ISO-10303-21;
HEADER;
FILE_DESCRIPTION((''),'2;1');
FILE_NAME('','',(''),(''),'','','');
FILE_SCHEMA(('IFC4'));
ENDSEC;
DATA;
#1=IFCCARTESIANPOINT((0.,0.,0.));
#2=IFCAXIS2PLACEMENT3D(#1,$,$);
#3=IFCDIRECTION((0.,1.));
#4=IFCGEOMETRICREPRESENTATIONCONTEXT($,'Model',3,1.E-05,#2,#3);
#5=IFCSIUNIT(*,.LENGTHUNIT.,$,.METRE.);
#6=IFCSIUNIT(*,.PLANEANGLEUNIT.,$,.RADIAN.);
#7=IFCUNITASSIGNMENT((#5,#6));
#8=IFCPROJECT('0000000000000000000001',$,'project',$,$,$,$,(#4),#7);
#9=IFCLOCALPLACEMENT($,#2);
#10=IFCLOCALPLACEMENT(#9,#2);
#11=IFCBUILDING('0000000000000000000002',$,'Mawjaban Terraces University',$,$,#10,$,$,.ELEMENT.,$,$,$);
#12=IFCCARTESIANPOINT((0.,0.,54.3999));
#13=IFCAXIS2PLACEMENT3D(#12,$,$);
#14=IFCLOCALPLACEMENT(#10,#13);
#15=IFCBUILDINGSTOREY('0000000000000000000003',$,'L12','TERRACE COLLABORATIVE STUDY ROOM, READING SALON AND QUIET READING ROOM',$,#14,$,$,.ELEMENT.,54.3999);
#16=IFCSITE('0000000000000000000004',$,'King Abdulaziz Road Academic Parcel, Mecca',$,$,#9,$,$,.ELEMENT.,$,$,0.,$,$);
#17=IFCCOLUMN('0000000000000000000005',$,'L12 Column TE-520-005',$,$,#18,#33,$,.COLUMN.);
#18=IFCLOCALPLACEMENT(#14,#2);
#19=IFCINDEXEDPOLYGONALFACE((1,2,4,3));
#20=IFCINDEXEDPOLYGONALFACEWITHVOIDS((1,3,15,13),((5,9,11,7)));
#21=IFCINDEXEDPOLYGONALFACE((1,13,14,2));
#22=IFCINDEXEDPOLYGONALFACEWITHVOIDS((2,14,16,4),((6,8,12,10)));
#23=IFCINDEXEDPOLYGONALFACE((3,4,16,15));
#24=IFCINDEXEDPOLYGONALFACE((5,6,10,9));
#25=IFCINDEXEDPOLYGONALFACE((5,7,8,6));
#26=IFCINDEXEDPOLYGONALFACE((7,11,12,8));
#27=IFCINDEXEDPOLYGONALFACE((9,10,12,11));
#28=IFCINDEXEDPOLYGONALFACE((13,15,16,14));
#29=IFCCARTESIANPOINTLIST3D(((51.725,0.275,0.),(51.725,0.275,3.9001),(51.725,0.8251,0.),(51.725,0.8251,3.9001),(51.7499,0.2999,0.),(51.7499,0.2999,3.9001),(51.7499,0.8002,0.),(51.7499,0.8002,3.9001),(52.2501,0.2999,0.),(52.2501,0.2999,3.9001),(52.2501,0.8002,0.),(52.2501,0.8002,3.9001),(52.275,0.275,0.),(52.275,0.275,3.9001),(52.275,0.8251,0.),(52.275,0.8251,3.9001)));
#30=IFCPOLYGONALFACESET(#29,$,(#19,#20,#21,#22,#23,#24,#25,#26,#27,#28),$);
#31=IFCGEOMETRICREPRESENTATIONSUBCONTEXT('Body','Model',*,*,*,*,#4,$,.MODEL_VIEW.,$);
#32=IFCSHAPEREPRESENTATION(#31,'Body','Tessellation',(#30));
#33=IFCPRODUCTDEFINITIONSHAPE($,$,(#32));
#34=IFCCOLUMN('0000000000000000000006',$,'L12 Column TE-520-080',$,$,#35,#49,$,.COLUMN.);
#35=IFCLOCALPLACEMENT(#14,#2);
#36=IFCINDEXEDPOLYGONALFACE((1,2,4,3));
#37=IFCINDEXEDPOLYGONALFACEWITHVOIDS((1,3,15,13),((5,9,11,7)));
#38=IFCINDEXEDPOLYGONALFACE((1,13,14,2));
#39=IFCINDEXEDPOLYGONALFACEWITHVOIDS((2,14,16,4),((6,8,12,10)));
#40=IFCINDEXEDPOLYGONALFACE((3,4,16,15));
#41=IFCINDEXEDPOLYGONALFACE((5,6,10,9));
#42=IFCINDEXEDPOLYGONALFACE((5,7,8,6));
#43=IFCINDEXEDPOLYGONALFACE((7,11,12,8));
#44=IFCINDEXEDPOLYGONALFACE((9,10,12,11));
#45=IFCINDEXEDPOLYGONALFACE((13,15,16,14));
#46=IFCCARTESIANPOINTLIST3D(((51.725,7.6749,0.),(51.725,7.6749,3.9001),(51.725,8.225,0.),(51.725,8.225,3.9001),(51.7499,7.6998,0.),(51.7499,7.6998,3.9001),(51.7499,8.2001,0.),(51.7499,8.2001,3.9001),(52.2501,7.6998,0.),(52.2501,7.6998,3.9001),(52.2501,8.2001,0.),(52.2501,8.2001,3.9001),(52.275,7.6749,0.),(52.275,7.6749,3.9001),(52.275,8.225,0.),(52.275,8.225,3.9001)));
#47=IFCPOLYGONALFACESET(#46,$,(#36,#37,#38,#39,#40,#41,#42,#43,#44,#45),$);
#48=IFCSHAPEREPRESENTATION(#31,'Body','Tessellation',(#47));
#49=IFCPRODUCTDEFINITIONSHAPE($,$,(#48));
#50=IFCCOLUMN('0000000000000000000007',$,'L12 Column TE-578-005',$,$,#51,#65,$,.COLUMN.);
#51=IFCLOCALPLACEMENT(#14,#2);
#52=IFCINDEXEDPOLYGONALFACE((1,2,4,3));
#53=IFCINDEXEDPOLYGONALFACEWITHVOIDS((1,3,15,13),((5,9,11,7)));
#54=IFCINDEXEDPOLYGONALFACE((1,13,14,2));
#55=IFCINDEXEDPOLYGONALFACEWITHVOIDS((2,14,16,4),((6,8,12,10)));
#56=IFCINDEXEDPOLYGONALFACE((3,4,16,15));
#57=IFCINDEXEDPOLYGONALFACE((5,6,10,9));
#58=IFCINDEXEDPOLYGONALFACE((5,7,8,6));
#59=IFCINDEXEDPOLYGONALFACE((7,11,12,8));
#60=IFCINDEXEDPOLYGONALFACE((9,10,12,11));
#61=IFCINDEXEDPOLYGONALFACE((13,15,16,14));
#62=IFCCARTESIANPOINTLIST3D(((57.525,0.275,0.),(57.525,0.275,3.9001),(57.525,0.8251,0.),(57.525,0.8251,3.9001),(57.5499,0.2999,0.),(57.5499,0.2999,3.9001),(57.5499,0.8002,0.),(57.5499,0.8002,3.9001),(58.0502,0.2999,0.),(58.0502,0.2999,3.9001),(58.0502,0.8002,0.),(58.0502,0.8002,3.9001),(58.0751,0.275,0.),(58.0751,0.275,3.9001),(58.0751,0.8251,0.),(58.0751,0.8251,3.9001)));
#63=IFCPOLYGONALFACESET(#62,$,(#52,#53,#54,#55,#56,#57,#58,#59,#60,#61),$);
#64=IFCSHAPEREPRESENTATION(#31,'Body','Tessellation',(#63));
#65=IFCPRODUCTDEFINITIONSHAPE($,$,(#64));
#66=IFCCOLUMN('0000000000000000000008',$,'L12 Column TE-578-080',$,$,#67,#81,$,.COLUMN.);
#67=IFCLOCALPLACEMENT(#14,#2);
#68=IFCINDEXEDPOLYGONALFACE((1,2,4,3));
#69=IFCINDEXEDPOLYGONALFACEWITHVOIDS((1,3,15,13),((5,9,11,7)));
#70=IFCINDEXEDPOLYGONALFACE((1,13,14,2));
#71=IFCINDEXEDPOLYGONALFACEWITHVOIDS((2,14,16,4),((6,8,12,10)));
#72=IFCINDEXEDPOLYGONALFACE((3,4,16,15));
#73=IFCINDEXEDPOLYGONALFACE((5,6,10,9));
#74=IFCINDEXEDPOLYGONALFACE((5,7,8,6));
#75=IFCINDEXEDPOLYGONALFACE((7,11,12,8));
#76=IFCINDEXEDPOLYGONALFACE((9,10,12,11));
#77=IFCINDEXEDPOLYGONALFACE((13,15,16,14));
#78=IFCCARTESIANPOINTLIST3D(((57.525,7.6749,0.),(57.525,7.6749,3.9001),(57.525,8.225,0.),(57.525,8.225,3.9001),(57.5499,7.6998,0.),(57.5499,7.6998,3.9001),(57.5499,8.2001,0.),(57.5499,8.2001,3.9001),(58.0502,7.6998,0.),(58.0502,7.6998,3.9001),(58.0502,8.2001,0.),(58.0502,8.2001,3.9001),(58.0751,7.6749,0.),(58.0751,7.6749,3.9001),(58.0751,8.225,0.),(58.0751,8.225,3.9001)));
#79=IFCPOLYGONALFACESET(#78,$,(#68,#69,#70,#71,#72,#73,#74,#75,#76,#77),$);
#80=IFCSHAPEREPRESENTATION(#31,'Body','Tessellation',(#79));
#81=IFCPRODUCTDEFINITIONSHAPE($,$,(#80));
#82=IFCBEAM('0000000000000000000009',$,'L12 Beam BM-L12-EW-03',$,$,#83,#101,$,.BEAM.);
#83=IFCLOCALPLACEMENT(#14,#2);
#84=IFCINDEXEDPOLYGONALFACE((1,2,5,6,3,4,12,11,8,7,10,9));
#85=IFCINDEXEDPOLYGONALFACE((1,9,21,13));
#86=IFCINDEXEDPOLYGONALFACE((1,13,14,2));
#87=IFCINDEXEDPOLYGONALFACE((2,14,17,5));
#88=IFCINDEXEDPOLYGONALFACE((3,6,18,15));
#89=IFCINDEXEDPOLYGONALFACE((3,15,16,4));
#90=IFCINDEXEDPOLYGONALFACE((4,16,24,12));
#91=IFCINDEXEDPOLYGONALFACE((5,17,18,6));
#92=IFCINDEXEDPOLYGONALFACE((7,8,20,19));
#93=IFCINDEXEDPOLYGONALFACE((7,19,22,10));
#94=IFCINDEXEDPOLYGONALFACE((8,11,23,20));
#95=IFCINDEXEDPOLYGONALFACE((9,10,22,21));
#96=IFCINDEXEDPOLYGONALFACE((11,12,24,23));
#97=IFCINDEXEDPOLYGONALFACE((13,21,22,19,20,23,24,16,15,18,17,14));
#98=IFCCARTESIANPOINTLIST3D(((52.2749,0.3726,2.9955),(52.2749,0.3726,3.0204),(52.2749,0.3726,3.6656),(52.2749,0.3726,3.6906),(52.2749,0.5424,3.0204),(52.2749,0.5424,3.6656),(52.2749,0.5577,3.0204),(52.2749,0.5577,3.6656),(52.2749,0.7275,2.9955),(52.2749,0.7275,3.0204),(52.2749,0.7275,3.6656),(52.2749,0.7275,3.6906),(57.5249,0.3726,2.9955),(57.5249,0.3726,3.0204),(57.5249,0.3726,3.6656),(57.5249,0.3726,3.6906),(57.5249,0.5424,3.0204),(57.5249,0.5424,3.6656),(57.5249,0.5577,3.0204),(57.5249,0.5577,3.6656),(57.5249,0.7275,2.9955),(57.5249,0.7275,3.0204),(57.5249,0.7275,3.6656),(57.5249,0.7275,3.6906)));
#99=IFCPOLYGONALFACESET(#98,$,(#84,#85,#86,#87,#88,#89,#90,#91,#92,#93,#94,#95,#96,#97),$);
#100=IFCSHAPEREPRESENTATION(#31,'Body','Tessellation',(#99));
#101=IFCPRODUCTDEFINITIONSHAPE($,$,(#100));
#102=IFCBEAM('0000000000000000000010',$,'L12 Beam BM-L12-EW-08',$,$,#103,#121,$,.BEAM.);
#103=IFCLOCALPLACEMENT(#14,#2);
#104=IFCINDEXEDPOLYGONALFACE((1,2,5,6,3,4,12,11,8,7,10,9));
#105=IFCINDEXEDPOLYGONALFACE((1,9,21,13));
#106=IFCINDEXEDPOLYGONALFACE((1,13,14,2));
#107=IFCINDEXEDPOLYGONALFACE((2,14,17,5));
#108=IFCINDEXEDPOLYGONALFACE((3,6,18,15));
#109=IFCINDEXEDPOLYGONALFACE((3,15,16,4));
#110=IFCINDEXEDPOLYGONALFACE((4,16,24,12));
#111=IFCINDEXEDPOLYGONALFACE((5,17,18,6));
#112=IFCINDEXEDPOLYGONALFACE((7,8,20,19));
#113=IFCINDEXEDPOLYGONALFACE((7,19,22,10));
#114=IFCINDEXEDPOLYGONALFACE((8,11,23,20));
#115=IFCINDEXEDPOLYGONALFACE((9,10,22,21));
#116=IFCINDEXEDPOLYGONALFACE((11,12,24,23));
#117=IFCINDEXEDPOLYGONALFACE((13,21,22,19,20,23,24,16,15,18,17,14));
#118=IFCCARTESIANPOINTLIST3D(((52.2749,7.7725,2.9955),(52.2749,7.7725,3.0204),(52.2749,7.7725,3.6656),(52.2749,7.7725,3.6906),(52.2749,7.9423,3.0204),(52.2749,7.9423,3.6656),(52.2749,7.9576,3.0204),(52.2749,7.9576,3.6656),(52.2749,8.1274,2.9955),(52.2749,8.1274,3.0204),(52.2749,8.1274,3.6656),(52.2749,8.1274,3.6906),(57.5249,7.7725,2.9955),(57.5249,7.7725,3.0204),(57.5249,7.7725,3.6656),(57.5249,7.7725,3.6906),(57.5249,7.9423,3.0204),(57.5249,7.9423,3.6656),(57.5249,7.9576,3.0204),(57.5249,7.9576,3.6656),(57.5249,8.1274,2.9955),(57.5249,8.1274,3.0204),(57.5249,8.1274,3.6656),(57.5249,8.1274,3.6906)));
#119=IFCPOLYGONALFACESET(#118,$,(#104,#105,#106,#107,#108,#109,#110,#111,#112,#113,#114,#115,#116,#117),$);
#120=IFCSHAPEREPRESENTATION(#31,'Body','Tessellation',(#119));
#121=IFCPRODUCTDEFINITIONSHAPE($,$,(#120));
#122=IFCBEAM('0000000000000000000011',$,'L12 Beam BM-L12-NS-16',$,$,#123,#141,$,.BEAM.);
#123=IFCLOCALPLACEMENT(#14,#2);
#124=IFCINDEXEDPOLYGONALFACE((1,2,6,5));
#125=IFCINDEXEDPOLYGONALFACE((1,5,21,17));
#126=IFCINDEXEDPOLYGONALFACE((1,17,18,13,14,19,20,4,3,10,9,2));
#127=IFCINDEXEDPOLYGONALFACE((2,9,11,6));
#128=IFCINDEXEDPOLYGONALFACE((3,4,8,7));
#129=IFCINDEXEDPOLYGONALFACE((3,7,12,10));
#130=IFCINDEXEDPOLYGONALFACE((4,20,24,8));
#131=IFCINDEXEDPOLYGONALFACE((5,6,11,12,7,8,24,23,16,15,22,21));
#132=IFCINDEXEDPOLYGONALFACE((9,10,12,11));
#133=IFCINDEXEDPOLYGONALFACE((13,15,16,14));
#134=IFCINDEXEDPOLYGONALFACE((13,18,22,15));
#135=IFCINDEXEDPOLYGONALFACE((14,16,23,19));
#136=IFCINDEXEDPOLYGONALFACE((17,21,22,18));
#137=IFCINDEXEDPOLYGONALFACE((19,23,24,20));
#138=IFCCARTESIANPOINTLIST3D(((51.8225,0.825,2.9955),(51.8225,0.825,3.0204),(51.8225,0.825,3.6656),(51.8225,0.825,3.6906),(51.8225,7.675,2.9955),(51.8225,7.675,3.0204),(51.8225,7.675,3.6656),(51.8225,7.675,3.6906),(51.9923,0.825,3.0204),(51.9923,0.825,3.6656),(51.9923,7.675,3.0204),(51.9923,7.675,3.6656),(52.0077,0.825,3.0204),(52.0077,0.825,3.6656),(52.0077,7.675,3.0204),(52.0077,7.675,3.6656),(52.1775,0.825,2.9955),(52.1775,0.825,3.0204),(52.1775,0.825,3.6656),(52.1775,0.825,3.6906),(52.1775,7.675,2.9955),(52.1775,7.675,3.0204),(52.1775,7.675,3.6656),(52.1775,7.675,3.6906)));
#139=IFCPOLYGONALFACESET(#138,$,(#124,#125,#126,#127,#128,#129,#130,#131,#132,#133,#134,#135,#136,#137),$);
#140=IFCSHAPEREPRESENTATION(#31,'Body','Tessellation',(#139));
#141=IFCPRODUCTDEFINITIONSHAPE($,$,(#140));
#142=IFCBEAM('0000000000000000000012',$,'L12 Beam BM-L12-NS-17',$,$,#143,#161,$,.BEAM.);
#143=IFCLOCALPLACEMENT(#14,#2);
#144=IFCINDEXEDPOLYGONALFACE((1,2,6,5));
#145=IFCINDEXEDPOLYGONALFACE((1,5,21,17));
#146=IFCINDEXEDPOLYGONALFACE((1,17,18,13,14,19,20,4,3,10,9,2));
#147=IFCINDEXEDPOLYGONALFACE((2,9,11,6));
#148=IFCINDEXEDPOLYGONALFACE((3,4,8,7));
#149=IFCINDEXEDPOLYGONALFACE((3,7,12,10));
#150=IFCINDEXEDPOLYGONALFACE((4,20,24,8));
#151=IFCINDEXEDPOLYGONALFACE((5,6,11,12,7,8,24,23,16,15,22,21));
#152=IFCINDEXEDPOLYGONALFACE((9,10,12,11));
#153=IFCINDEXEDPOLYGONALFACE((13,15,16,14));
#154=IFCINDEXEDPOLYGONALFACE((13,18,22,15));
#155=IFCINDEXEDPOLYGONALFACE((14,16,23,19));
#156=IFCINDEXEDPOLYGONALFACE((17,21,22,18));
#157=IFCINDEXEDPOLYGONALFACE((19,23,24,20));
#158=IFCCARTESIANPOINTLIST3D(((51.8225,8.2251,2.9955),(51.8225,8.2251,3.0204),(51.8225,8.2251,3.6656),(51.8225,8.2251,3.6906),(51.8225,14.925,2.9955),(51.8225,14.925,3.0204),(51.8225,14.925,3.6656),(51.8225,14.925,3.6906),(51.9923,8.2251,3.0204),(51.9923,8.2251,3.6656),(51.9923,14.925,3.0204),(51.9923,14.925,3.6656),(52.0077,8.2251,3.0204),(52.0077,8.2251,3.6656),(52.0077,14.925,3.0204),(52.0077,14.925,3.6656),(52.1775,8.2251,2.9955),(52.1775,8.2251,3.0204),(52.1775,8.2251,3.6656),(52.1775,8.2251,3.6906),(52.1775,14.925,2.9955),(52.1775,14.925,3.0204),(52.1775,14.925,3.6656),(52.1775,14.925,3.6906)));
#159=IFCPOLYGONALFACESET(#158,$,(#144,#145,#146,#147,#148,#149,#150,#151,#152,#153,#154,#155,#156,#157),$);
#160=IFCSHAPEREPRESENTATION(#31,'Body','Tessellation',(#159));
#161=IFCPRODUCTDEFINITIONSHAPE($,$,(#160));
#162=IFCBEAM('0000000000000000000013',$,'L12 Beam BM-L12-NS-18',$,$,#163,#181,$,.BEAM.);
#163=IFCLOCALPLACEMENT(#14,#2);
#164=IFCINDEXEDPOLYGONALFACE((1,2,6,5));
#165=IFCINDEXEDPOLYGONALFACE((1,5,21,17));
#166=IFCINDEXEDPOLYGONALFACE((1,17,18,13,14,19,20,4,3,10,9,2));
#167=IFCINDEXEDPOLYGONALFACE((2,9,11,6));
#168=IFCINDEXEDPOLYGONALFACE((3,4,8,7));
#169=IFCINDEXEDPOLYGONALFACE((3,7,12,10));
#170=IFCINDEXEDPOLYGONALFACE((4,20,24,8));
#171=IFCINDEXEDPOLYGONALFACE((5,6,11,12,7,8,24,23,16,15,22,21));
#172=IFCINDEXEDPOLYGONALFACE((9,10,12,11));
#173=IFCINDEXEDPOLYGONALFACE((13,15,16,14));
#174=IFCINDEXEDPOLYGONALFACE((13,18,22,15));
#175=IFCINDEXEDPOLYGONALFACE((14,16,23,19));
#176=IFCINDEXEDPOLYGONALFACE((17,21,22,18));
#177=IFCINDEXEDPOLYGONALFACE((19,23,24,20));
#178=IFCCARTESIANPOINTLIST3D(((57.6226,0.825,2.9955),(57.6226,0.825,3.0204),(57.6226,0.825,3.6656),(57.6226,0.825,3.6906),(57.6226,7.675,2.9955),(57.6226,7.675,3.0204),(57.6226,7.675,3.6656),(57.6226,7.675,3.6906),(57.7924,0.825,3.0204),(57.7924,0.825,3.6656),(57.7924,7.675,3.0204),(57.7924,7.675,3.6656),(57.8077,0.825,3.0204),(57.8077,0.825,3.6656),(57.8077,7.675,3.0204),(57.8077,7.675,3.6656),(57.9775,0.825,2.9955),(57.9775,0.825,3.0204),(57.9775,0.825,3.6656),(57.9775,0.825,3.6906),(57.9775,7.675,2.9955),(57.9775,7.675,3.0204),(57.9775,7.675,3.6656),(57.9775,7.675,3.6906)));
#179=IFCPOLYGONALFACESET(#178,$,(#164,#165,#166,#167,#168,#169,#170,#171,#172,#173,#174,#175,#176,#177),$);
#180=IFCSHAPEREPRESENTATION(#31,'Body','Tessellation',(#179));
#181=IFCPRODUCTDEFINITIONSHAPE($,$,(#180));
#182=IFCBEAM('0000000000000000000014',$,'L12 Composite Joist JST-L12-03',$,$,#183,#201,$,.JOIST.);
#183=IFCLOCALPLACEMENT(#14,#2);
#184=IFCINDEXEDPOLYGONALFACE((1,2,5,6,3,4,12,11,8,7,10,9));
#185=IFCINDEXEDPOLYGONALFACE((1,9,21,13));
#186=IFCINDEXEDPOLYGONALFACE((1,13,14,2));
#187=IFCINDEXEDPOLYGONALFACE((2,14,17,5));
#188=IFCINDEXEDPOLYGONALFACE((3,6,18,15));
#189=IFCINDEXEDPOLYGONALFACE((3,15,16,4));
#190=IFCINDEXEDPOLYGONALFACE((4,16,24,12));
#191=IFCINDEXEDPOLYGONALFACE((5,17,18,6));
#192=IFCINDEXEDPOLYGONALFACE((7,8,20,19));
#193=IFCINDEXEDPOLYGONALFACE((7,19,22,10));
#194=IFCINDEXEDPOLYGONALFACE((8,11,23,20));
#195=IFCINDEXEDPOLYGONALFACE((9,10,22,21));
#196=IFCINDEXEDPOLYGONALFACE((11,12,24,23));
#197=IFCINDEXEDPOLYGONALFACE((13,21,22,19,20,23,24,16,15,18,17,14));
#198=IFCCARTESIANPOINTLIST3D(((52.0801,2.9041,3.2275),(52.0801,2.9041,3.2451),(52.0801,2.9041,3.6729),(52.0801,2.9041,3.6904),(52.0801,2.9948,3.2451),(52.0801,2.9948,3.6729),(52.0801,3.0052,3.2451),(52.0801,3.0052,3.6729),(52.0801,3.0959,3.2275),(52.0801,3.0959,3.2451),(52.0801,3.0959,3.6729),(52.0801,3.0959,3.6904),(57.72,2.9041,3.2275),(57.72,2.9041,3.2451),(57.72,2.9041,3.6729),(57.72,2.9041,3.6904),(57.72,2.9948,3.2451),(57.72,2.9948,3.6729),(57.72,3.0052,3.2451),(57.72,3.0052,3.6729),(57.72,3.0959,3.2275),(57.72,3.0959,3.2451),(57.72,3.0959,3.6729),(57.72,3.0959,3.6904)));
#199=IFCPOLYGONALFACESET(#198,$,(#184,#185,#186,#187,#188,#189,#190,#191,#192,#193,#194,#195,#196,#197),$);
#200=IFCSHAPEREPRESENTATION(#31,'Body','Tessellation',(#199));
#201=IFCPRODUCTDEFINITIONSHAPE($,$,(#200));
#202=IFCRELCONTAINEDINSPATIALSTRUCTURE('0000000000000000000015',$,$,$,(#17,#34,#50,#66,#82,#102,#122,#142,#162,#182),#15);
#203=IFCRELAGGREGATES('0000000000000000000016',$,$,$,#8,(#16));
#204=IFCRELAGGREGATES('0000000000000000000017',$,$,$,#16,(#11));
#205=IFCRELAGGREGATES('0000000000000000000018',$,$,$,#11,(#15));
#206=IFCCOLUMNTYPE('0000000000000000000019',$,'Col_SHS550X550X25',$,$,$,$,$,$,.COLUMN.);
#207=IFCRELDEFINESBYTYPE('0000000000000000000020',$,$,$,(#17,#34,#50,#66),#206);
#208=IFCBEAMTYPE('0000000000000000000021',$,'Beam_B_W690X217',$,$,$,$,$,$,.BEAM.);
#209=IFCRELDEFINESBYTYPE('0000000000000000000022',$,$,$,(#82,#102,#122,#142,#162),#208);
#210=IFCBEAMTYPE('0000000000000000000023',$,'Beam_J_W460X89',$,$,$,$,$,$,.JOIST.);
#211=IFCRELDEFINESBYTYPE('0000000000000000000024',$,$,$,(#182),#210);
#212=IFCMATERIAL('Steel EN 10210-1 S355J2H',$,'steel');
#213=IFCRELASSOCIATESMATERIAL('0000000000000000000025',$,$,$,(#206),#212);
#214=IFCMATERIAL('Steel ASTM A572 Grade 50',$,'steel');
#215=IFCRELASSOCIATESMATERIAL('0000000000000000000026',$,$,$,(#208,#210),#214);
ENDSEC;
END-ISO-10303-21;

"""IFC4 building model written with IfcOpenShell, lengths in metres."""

from ifc_helpers import new_model, si_unit, direction, frame, origin, origin_2d, place, context, subcontext, project, spatial, hollow_rectangle, i_section, extrude, material, material_profile, profile_set, type_object, element, save


model = new_model("IFC4")

# Units and contexts
model_context = context("Model", 3, precision=1e-05, world=origin(), true_north=direction((0.0, 1.0)))
body_context = subcontext(model_context, "Body", "Model", "MODEL_VIEW")
ifc_project = project(units=[si_unit("LENGTHUNIT", "METRE"), si_unit("PLANEANGLEUNIT", "RADIAN")], contexts=[model_context])

# Site, building, storey
site_placement = place(None, origin())
site = spatial("IfcSite", under=ifc_project, at=site_placement, Name="King Abdulaziz Road Academic Parcel, Mecca", CompositionType="ELEMENT", RefElevation=0.0)
building_placement = place(site_placement, origin())
building = spatial("IfcBuilding", under=site, at=building_placement, Name="Mawjaban Terraces University", CompositionType="ELEMENT")
storey_placement = place(building_placement, frame((0.0, 0.0, 54.3999)))
storey = spatial("IfcBuildingStorey", under=building, at=storey_placement, Name="L12", Description="TERRACE COLLABORATIVE STUDY ROOM, READING SALON AND QUIET READING ROOM", CompositionType="ELEMENT", Elevation=54.3999)

# Columns
ifc_material_1 = material(Name="Steel EN 10210-1 S355J2H", Category="steel")
ifc_material_profile_1 = material_profile(ifc_material_1, hollow_rectangle(XDim=0.55, YDim=0.55, WallThickness=0.0249, at=origin_2d()), Name="SHS550X550X25")
ifc_profile_set_1 = profile_set([ifc_material_profile_1], Name="Steel EN 10210-1 S355J2H")
column_type = type_object("IfcColumnType", Name="Col_SHS550X550X25", PredefinedType="COLUMN", material=ifc_profile_set_1)
for number, where, z_axis, x_axis, name in (
    (1, (52.0, 0.55, 0.0), (0.0, 0.0, 1.0), (1.0, 0.0, 0.0), "L12 Column TE-520-005"),
    (2, (52.0, 7.95, 0.0), (0.0, 0.0, 1.0), (1.0, 0.0, 0.0), "L12 Column TE-520-080"),
    (3, (57.8, 0.55, 0.0), (0.0, 0.0, 1.0), (1.0, 0.0, 0.0), "L12 Column TE-578-005"),
    (4, (57.8, 7.95, 0.0), (0.0, 0.0, 1.0), (1.0, 0.0, 0.0), "L12 Column TE-578-080"),
):
    element("IfcColumn", number, at=place(storey_placement, frame(where, z_axis=z_axis, x_axis=x_axis)), inside=storey, type_object=column_type, Name=name, PredefinedType="COLUMN", context=body_context, shape_type="SweptSolid", body=[
        extrude(hollow_rectangle(XDim=0.55, YDim=0.55, WallThickness=0.0249, at=origin_2d()), origin(), (0.0, 0.0, 1.0), 3.9001),
    ])

# Beams
ifc_material_2 = material(Name="Steel ASTM A572 Grade 50", Category="steel")
ifc_material_profile_2 = material_profile(ifc_material_2, i_section(OverallWidth=0.355, OverallDepth=0.6951, WebThickness=0.0154, FlangeThickness=0.0249, at=origin_2d()), Name="W690X217")
ifc_profile_set_2 = profile_set([ifc_material_profile_2], Name="Steel ASTM A572 Grade 50")
beam_type_1 = type_object("IfcBeamType", Name="Beam_B_W690X217", PredefinedType="BEAM", material=ifc_profile_set_2)
for number, where, z_axis, x_axis, name in (
    (5, (52.2749, 0.55, 3.343), (1.0, 0.0, 0.0), (0.0, 1.0, 0.0), "L12 Beam BM-L12-EW-03"),
    (6, (52.2749, 7.95, 3.343), (1.0, 0.0, 0.0), (0.0, 1.0, 0.0), "L12 Beam BM-L12-EW-08"),
):
    element("IfcBeam", number, at=place(storey_placement, frame(where, z_axis=z_axis, x_axis=x_axis)), inside=storey, type_object=beam_type_1, Name=name, PredefinedType="BEAM", context=body_context, shape_type="SweptSolid", body=[
        extrude(i_section(OverallWidth=0.355, OverallDepth=0.6951, WebThickness=0.0154, FlangeThickness=0.0249, at=origin_2d()), origin(), (0.0, 0.0, 1.0), 5.25),
    ])
beam_1_placement = place(storey_placement, frame((52.0, 0.825, 3.343), z_axis=(0.0, 1.0, 0.0), x_axis=(-1.0, 0.0, 0.0)))
element("IfcBeam", 7, at=beam_1_placement, inside=storey, type_object=beam_type_1, Name="L12 Beam BM-L12-NS-16", PredefinedType="BEAM", context=body_context, shape_type="SweptSolid", body=[
    extrude(i_section(OverallWidth=0.355, OverallDepth=0.6951, WebThickness=0.0154, FlangeThickness=0.0249, at=origin_2d()), origin(), (0.0, 0.0, 1.0), 6.8501),
])
beam_2_placement = place(storey_placement, frame((52.0, 8.2251, 3.343), z_axis=(0.0, 1.0, 0.0), x_axis=(-1.0, 0.0, 0.0)))
element("IfcBeam", 8, at=beam_2_placement, inside=storey, type_object=beam_type_1, Name="L12 Beam BM-L12-NS-17", PredefinedType="BEAM", context=body_context, shape_type="SweptSolid", body=[
    extrude(i_section(OverallWidth=0.355, OverallDepth=0.6951, WebThickness=0.0154, FlangeThickness=0.0249, at=origin_2d()), origin(), (0.0, 0.0, 1.0), 6.7),
])
beam_3_placement = place(storey_placement, frame((57.8, 0.825, 3.343), z_axis=(0.0, 1.0, 0.0), x_axis=(-1.0, 0.0, 0.0)))
element("IfcBeam", 9, at=beam_3_placement, inside=storey, type_object=beam_type_1, Name="L12 Beam BM-L12-NS-18", PredefinedType="BEAM", context=body_context, shape_type="SweptSolid", body=[
    extrude(i_section(OverallWidth=0.355, OverallDepth=0.6951, WebThickness=0.0154, FlangeThickness=0.0249, at=origin_2d()), origin(), (0.0, 0.0, 1.0), 6.8501),
])
ifc_material_profile_3 = material_profile(ifc_material_2, i_section(OverallWidth=0.1919, OverallDepth=0.4629, WebThickness=0.0105, FlangeThickness=0.0176, at=origin_2d()), Name="W460X89")
ifc_profile_set_3 = profile_set([ifc_material_profile_3], Name="Steel ASTM A572 Grade 50")
beam_type_2 = type_object("IfcBeamType", Name="Beam_J_W460X89", PredefinedType="JOIST", material=ifc_profile_set_3)
for number, where, z_axis, x_axis, name in (
    (10, (52.0801, 3.0, 3.459), (1.0, 0.0, 0.0), (0.0, 1.0, 0.0), "L12 Composite Joist JST-L12-03"),
):
    element("IfcBeam", number, at=place(storey_placement, frame(where, z_axis=z_axis, x_axis=x_axis)), inside=storey, type_object=beam_type_2, Name=name, PredefinedType="JOIST", context=body_context, shape_type="SweptSolid", body=[
        extrude(i_section(OverallWidth=0.1919, OverallDepth=0.4629, WebThickness=0.0105, FlangeThickness=0.0176, at=origin_2d()), origin(), (0.0, 0.0, 1.0), 5.6399),
    ])

save(model, "model.ifc")
